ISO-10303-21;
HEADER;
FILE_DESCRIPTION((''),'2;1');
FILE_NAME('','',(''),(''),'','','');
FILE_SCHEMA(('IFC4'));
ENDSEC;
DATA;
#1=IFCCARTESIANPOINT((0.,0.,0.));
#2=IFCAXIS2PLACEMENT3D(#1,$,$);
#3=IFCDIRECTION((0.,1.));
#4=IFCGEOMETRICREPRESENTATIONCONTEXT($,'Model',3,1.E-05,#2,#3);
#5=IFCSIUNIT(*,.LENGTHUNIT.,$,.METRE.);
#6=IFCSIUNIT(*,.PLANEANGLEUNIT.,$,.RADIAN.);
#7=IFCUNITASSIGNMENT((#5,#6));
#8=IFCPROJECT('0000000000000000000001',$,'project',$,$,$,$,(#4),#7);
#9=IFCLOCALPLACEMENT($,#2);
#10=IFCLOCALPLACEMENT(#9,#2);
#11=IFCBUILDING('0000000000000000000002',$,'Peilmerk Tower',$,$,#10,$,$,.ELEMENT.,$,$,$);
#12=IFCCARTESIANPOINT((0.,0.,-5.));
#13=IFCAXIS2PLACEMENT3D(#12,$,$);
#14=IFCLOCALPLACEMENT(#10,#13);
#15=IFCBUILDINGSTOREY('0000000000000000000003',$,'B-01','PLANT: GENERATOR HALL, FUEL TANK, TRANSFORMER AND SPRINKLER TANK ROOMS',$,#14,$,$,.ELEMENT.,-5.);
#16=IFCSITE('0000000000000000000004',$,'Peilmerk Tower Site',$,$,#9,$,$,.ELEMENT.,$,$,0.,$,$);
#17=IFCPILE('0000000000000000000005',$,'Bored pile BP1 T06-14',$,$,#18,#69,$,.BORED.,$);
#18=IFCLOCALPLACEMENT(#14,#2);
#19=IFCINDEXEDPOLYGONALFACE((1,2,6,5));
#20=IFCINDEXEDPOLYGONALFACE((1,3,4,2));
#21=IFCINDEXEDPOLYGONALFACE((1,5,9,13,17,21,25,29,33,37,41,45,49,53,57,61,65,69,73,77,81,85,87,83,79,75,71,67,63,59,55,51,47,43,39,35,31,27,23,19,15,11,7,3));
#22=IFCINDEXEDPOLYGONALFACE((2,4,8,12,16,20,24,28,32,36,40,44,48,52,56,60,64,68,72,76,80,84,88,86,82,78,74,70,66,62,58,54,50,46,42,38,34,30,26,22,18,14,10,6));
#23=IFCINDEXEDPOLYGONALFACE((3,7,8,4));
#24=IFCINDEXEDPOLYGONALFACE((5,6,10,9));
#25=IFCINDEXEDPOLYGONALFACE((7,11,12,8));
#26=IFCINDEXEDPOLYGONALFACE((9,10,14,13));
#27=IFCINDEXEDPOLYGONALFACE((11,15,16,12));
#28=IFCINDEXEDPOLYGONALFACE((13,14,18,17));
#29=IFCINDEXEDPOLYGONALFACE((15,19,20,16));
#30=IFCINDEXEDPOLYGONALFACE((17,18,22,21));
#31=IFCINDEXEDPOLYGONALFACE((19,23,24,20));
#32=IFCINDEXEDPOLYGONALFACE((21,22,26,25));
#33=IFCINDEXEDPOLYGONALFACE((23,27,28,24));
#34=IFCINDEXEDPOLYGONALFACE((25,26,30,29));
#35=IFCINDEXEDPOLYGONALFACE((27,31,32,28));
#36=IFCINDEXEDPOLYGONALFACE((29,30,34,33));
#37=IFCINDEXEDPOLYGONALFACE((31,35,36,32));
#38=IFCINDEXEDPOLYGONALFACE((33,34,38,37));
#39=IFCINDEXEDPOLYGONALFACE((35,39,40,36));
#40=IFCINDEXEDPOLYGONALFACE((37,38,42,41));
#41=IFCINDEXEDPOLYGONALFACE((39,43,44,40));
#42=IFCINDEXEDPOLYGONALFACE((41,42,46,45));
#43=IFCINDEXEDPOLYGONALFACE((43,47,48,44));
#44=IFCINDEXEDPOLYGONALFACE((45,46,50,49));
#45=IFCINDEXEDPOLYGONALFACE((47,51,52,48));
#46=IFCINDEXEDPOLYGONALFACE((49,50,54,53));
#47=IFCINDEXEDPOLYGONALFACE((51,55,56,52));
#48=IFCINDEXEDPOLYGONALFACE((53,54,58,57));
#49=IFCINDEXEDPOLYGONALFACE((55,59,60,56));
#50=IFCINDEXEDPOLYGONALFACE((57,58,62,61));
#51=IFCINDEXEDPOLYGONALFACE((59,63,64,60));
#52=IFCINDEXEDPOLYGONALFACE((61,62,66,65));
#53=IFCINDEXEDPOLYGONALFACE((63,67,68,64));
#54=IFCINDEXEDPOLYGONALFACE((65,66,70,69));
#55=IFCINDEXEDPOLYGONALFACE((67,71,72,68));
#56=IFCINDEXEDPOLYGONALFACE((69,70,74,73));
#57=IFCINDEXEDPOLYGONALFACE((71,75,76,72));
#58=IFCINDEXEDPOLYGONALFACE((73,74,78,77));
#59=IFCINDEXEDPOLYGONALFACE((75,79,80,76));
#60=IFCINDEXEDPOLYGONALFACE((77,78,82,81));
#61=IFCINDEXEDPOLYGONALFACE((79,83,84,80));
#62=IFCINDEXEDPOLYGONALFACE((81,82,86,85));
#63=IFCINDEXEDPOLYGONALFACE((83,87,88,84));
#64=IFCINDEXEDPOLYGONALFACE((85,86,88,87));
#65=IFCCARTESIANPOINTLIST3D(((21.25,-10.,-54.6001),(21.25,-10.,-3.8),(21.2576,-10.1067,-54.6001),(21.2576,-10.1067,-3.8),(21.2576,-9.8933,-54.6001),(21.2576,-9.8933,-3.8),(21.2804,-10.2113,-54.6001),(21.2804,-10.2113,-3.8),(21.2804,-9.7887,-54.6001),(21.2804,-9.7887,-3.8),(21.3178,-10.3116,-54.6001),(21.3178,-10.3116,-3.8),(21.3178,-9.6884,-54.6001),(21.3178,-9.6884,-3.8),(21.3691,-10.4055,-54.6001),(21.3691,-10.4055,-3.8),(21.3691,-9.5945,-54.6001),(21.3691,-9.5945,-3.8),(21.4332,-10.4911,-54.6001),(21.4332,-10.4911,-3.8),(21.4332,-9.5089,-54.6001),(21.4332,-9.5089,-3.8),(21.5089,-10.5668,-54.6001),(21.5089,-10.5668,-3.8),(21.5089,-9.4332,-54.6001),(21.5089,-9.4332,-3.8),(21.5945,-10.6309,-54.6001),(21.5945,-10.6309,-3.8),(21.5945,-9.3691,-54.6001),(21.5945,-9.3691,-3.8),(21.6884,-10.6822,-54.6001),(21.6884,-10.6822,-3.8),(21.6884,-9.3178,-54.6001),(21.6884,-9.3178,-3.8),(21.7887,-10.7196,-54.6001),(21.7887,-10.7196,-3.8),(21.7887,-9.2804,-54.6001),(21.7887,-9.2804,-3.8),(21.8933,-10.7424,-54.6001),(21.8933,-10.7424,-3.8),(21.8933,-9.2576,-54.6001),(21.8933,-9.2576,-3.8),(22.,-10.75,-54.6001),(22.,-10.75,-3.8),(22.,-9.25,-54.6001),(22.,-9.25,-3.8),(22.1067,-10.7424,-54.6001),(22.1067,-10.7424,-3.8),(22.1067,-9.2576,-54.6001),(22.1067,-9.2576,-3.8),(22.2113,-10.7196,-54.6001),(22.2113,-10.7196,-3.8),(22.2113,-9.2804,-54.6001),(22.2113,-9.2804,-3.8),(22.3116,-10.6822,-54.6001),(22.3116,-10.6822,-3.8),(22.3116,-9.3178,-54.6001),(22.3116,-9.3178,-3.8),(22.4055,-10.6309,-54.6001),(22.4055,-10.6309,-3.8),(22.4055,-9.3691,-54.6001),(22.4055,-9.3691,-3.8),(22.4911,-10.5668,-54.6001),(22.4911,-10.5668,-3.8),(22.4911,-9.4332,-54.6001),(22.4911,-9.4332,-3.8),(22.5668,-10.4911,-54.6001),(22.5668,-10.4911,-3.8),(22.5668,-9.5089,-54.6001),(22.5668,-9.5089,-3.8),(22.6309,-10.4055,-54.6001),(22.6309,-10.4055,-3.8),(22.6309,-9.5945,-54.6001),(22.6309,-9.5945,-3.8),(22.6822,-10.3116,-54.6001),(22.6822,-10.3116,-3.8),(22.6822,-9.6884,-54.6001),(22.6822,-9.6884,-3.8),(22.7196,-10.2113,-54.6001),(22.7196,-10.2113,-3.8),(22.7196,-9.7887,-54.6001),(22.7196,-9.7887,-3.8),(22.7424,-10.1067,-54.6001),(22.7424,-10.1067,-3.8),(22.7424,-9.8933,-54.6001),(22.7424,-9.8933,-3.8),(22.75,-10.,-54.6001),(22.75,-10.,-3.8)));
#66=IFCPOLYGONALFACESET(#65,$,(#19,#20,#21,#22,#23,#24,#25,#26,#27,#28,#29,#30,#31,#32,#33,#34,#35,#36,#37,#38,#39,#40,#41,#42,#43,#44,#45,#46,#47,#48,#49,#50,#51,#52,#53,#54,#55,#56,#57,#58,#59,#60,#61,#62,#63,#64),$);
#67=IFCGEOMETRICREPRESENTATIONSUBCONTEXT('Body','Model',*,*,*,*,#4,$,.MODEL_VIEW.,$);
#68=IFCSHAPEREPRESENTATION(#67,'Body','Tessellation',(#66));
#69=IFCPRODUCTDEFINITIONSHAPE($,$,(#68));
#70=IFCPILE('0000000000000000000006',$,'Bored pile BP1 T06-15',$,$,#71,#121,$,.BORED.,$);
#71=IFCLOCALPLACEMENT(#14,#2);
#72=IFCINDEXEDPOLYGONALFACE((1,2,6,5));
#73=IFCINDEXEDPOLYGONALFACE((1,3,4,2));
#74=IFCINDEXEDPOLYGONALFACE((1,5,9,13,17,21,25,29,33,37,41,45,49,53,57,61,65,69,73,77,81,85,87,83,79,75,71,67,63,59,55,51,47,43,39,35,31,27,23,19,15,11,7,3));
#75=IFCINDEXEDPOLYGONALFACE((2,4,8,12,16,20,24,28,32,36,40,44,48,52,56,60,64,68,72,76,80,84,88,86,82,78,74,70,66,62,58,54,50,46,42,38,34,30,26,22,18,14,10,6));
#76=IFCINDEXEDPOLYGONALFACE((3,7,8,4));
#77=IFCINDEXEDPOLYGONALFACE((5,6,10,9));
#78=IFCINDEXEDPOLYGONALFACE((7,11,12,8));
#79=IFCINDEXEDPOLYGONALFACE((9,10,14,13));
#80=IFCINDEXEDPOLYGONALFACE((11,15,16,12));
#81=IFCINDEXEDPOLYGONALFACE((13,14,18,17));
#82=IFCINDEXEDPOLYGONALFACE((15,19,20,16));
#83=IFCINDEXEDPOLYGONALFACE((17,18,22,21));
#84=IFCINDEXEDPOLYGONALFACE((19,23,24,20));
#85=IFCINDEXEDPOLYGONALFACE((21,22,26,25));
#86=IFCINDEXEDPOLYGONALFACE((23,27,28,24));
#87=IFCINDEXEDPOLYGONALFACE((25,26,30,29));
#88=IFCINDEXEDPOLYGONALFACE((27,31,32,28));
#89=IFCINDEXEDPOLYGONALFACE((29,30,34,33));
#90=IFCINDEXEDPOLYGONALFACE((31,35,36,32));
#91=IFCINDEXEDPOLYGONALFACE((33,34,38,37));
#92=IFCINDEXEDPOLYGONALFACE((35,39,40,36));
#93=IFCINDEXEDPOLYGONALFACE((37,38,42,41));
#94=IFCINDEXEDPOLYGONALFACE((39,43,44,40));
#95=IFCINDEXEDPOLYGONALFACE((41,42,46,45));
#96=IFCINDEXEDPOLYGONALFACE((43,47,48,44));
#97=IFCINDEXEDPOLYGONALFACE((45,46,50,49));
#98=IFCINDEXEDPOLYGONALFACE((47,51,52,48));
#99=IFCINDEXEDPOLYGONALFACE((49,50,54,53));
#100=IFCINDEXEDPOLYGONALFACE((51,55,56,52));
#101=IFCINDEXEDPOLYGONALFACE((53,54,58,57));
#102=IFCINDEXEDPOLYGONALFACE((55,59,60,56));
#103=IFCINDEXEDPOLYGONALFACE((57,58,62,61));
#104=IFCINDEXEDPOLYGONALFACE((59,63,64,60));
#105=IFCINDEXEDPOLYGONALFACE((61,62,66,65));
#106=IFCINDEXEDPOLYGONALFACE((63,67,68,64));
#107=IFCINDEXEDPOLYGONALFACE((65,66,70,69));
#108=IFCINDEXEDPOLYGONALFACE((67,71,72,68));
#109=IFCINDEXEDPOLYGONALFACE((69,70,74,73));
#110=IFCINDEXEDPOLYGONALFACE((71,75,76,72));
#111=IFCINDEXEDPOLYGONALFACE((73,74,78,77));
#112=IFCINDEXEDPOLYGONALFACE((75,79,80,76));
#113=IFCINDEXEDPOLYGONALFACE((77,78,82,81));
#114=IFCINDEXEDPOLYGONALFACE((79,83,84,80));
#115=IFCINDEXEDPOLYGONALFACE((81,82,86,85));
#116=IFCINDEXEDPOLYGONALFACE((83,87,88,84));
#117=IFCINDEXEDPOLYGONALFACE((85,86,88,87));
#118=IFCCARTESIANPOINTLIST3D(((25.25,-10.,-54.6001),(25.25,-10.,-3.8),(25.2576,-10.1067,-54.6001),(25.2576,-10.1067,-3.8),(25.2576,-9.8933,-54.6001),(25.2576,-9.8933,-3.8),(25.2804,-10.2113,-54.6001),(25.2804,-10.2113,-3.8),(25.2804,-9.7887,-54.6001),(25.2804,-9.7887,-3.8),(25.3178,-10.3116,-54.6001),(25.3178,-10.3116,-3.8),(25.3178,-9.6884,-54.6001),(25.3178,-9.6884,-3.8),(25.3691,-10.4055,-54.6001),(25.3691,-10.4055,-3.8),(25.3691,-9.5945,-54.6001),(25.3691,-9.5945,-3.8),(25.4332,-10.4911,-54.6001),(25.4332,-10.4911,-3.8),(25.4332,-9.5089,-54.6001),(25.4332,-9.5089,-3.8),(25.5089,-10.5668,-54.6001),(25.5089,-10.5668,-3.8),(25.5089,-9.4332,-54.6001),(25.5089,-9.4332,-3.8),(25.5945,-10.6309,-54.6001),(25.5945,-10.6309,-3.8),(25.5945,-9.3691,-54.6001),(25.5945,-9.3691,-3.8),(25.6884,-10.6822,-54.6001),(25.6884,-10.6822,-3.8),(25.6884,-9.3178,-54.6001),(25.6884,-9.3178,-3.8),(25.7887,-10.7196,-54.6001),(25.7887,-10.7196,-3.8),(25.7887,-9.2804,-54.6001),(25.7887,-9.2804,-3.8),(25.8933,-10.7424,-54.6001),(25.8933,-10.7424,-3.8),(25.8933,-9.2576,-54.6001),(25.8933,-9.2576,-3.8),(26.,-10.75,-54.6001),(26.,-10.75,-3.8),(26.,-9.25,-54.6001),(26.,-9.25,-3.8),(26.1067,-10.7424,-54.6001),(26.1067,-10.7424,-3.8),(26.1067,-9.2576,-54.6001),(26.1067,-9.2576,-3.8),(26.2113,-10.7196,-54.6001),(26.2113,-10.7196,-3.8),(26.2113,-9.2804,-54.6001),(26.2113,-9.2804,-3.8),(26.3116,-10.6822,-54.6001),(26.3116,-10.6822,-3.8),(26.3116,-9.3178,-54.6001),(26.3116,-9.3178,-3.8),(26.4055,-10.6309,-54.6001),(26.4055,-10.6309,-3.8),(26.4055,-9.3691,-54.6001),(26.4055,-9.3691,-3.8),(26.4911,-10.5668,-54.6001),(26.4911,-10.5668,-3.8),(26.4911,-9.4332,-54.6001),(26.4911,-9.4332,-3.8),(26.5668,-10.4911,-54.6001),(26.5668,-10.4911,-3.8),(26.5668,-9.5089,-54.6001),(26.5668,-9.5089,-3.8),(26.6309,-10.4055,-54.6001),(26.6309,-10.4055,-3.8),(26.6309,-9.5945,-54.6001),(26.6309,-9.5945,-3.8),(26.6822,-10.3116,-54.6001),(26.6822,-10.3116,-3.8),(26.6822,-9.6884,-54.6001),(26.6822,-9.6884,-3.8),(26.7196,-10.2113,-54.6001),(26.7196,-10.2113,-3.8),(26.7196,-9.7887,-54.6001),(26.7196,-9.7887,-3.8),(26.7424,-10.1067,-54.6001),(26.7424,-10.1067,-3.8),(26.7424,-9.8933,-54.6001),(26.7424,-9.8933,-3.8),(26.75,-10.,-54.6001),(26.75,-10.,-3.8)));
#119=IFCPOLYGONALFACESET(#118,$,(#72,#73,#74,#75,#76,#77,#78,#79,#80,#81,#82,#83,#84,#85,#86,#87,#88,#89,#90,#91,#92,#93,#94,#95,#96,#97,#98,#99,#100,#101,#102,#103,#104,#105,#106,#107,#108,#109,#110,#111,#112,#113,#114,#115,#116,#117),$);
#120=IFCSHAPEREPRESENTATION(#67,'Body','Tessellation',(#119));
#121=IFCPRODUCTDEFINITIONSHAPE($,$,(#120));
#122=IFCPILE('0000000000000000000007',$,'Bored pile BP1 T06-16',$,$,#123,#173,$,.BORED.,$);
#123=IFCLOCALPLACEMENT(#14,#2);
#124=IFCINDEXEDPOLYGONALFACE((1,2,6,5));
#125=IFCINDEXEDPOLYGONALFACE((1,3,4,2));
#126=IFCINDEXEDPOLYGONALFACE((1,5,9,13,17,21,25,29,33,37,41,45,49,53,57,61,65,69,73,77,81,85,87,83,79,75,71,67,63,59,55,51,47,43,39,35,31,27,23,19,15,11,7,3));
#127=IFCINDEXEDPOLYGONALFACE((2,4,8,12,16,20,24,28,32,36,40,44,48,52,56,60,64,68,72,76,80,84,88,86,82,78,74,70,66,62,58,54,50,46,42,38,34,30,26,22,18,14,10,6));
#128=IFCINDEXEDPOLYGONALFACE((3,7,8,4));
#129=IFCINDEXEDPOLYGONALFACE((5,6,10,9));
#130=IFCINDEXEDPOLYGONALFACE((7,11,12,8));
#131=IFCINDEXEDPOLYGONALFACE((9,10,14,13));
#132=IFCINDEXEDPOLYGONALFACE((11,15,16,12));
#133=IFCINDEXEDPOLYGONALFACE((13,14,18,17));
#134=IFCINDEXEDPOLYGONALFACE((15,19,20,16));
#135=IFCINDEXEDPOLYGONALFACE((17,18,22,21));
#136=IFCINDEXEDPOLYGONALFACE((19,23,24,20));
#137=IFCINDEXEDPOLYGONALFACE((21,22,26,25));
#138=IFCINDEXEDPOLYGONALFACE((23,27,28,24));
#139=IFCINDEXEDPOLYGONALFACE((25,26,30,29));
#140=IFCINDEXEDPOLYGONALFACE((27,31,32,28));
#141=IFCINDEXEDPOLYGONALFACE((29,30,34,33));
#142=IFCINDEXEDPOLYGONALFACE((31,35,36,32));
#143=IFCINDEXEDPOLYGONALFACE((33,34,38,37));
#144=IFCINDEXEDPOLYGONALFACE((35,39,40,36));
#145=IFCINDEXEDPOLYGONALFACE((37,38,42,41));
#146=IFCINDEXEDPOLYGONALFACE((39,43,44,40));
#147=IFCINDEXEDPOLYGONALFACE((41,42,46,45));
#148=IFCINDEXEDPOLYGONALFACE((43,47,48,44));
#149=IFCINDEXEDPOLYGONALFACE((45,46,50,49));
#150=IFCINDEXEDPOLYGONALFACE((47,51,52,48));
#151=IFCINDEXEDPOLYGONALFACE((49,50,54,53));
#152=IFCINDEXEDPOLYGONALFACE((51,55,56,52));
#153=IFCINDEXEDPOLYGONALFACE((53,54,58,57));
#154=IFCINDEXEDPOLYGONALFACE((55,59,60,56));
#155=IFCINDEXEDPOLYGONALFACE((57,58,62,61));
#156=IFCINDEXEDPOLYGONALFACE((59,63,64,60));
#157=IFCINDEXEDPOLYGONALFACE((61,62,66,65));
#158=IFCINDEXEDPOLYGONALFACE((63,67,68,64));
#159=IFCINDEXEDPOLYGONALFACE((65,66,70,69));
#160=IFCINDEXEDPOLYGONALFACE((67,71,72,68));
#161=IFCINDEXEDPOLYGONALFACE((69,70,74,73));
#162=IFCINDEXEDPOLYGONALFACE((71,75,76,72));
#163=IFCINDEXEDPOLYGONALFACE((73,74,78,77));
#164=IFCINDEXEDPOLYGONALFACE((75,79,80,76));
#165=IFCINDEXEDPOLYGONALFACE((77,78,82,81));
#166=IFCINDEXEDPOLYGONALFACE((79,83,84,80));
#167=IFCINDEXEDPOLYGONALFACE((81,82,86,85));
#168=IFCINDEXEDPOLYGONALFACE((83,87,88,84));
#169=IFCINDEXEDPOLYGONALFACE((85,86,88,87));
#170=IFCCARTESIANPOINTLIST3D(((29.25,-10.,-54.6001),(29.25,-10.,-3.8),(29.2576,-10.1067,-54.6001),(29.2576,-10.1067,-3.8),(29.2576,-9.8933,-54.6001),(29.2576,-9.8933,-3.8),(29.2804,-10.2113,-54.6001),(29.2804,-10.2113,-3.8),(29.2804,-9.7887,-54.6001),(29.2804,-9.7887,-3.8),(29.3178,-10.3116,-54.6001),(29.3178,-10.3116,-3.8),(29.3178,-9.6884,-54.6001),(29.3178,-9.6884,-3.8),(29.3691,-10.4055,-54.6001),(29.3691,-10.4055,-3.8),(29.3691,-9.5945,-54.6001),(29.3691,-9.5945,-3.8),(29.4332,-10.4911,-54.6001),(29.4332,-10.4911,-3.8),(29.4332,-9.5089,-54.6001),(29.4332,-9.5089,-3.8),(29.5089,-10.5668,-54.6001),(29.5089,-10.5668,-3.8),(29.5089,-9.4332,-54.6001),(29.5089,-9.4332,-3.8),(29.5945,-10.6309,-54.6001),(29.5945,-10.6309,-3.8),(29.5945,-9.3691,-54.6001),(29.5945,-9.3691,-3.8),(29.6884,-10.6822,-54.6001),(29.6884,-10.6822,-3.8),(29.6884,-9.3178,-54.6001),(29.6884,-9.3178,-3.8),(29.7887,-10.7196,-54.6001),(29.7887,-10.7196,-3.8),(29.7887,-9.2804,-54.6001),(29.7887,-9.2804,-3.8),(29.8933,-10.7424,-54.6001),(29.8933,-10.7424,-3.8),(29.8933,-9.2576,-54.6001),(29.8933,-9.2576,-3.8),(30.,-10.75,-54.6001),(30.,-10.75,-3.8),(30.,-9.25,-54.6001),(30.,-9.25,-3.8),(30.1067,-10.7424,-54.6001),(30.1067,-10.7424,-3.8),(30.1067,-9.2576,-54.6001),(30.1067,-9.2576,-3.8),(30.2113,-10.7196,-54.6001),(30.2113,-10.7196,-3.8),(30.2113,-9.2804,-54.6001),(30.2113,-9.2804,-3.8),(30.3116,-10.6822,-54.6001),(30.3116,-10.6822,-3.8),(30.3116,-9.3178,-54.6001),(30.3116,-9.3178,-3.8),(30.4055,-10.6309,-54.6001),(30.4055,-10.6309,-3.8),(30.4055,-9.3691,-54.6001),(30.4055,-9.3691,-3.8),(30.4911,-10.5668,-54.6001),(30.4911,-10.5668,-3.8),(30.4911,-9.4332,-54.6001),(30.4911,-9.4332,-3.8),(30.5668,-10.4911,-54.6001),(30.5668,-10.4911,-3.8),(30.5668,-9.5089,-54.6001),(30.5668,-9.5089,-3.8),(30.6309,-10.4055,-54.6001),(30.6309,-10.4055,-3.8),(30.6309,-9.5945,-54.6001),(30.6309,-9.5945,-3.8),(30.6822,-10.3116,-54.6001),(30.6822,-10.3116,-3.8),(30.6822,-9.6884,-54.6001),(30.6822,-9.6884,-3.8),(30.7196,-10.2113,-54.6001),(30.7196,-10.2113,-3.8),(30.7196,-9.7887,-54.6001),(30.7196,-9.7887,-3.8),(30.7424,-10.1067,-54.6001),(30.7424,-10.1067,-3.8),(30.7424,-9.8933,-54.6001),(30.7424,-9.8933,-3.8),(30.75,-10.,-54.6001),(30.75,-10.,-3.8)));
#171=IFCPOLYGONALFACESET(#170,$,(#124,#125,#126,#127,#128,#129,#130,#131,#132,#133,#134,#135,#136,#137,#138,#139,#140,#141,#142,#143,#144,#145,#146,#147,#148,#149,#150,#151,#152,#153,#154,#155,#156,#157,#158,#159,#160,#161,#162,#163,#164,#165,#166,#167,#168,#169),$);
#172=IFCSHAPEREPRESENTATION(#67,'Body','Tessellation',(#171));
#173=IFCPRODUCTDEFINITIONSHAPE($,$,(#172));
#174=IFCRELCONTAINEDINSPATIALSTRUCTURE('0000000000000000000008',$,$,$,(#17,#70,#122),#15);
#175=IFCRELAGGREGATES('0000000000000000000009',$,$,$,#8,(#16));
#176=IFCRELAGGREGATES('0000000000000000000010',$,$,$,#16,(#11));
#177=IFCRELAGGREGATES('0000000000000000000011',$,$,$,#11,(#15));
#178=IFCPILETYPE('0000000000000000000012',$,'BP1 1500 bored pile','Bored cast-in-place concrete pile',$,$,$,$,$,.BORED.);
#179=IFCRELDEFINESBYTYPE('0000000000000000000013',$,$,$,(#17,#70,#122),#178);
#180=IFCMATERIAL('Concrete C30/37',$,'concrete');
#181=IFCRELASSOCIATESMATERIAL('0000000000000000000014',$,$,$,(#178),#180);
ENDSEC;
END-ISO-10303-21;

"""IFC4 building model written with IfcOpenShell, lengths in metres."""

from ifc_helpers import new_model, si_unit, direction, frame, origin, origin_2d, place, context, subcontext, project, spatial, circle, extrude, material, material_profile, profile_set, type_object, element, save


model = new_model("IFC4")

# Units and contexts
model_context = context("Model", 3, precision=1e-05, world=origin(), true_north=direction((0.0, 1.0)))
body_context = subcontext(model_context, "Body", "Model", "MODEL_VIEW")
ifc_project = project(units=[si_unit("LENGTHUNIT", "METRE"), si_unit("PLANEANGLEUNIT", "RADIAN")], contexts=[model_context])

# Site, building, storey
site_placement = place(None, origin())
site = spatial("IfcSite", under=ifc_project, at=site_placement, Name="Peilmerk Tower Site", CompositionType="ELEMENT", RefElevation=0.0)
building_placement = place(site_placement, origin())
building = spatial("IfcBuilding", under=site, at=building_placement, Name="Peilmerk Tower", CompositionType="ELEMENT")
storey_placement = place(building_placement, frame((0.0, 0.0, -5.0)))
storey = spatial("IfcBuildingStorey", under=building, at=storey_placement, Name="B-01", Description="PLANT: GENERATOR HALL, FUEL TANK, TRANSFORMER AND SPRINKLER TANK ROOMS", CompositionType="ELEMENT", Elevation=-5.0)

# Piles
ifc_material_1 = material(Name="Concrete C30/37", Category="concrete")
ifc_material_profile_1 = material_profile(ifc_material_1, circle(Radius=0.75, at=origin_2d()), Name="BP 1500")
ifc_profile_set_1 = profile_set([ifc_material_profile_1], Name="Concrete C30/37")
pile_type = type_object("IfcPileType", Name="BP1 1500 bored pile", Description="Bored cast-in-place concrete pile", PredefinedType="BORED", material=ifc_profile_set_1)
for number, where, z_axis, x_axis, name in (
    (1, (22.0, -10.0, -3.8), (0.0, 0.0, -1.0), (1.0, 0.0, 0.0), "Bored pile BP1 T06-14"),
    (2, (26.0, -10.0, -3.8), (0.0, 0.0, -1.0), (1.0, 0.0, 0.0), "Bored pile BP1 T06-15"),
    (3, (30.0, -10.0, -3.8), (0.0, 0.0, -1.0), (1.0, 0.0, 0.0), "Bored pile BP1 T06-16"),
):
    element("IfcPile", number, at=place(storey_placement, frame(where, z_axis=z_axis, x_axis=x_axis)), inside=storey, type_object=pile_type, Name=name, PredefinedType="BORED", context=body_context, shape_type="SweptSolid", body=[
        extrude(circle(Radius=0.75, at=origin_2d()), origin(), (0.0, 0.0, 1.0), 50.8),
    ])

save(model, "model.ifc")
